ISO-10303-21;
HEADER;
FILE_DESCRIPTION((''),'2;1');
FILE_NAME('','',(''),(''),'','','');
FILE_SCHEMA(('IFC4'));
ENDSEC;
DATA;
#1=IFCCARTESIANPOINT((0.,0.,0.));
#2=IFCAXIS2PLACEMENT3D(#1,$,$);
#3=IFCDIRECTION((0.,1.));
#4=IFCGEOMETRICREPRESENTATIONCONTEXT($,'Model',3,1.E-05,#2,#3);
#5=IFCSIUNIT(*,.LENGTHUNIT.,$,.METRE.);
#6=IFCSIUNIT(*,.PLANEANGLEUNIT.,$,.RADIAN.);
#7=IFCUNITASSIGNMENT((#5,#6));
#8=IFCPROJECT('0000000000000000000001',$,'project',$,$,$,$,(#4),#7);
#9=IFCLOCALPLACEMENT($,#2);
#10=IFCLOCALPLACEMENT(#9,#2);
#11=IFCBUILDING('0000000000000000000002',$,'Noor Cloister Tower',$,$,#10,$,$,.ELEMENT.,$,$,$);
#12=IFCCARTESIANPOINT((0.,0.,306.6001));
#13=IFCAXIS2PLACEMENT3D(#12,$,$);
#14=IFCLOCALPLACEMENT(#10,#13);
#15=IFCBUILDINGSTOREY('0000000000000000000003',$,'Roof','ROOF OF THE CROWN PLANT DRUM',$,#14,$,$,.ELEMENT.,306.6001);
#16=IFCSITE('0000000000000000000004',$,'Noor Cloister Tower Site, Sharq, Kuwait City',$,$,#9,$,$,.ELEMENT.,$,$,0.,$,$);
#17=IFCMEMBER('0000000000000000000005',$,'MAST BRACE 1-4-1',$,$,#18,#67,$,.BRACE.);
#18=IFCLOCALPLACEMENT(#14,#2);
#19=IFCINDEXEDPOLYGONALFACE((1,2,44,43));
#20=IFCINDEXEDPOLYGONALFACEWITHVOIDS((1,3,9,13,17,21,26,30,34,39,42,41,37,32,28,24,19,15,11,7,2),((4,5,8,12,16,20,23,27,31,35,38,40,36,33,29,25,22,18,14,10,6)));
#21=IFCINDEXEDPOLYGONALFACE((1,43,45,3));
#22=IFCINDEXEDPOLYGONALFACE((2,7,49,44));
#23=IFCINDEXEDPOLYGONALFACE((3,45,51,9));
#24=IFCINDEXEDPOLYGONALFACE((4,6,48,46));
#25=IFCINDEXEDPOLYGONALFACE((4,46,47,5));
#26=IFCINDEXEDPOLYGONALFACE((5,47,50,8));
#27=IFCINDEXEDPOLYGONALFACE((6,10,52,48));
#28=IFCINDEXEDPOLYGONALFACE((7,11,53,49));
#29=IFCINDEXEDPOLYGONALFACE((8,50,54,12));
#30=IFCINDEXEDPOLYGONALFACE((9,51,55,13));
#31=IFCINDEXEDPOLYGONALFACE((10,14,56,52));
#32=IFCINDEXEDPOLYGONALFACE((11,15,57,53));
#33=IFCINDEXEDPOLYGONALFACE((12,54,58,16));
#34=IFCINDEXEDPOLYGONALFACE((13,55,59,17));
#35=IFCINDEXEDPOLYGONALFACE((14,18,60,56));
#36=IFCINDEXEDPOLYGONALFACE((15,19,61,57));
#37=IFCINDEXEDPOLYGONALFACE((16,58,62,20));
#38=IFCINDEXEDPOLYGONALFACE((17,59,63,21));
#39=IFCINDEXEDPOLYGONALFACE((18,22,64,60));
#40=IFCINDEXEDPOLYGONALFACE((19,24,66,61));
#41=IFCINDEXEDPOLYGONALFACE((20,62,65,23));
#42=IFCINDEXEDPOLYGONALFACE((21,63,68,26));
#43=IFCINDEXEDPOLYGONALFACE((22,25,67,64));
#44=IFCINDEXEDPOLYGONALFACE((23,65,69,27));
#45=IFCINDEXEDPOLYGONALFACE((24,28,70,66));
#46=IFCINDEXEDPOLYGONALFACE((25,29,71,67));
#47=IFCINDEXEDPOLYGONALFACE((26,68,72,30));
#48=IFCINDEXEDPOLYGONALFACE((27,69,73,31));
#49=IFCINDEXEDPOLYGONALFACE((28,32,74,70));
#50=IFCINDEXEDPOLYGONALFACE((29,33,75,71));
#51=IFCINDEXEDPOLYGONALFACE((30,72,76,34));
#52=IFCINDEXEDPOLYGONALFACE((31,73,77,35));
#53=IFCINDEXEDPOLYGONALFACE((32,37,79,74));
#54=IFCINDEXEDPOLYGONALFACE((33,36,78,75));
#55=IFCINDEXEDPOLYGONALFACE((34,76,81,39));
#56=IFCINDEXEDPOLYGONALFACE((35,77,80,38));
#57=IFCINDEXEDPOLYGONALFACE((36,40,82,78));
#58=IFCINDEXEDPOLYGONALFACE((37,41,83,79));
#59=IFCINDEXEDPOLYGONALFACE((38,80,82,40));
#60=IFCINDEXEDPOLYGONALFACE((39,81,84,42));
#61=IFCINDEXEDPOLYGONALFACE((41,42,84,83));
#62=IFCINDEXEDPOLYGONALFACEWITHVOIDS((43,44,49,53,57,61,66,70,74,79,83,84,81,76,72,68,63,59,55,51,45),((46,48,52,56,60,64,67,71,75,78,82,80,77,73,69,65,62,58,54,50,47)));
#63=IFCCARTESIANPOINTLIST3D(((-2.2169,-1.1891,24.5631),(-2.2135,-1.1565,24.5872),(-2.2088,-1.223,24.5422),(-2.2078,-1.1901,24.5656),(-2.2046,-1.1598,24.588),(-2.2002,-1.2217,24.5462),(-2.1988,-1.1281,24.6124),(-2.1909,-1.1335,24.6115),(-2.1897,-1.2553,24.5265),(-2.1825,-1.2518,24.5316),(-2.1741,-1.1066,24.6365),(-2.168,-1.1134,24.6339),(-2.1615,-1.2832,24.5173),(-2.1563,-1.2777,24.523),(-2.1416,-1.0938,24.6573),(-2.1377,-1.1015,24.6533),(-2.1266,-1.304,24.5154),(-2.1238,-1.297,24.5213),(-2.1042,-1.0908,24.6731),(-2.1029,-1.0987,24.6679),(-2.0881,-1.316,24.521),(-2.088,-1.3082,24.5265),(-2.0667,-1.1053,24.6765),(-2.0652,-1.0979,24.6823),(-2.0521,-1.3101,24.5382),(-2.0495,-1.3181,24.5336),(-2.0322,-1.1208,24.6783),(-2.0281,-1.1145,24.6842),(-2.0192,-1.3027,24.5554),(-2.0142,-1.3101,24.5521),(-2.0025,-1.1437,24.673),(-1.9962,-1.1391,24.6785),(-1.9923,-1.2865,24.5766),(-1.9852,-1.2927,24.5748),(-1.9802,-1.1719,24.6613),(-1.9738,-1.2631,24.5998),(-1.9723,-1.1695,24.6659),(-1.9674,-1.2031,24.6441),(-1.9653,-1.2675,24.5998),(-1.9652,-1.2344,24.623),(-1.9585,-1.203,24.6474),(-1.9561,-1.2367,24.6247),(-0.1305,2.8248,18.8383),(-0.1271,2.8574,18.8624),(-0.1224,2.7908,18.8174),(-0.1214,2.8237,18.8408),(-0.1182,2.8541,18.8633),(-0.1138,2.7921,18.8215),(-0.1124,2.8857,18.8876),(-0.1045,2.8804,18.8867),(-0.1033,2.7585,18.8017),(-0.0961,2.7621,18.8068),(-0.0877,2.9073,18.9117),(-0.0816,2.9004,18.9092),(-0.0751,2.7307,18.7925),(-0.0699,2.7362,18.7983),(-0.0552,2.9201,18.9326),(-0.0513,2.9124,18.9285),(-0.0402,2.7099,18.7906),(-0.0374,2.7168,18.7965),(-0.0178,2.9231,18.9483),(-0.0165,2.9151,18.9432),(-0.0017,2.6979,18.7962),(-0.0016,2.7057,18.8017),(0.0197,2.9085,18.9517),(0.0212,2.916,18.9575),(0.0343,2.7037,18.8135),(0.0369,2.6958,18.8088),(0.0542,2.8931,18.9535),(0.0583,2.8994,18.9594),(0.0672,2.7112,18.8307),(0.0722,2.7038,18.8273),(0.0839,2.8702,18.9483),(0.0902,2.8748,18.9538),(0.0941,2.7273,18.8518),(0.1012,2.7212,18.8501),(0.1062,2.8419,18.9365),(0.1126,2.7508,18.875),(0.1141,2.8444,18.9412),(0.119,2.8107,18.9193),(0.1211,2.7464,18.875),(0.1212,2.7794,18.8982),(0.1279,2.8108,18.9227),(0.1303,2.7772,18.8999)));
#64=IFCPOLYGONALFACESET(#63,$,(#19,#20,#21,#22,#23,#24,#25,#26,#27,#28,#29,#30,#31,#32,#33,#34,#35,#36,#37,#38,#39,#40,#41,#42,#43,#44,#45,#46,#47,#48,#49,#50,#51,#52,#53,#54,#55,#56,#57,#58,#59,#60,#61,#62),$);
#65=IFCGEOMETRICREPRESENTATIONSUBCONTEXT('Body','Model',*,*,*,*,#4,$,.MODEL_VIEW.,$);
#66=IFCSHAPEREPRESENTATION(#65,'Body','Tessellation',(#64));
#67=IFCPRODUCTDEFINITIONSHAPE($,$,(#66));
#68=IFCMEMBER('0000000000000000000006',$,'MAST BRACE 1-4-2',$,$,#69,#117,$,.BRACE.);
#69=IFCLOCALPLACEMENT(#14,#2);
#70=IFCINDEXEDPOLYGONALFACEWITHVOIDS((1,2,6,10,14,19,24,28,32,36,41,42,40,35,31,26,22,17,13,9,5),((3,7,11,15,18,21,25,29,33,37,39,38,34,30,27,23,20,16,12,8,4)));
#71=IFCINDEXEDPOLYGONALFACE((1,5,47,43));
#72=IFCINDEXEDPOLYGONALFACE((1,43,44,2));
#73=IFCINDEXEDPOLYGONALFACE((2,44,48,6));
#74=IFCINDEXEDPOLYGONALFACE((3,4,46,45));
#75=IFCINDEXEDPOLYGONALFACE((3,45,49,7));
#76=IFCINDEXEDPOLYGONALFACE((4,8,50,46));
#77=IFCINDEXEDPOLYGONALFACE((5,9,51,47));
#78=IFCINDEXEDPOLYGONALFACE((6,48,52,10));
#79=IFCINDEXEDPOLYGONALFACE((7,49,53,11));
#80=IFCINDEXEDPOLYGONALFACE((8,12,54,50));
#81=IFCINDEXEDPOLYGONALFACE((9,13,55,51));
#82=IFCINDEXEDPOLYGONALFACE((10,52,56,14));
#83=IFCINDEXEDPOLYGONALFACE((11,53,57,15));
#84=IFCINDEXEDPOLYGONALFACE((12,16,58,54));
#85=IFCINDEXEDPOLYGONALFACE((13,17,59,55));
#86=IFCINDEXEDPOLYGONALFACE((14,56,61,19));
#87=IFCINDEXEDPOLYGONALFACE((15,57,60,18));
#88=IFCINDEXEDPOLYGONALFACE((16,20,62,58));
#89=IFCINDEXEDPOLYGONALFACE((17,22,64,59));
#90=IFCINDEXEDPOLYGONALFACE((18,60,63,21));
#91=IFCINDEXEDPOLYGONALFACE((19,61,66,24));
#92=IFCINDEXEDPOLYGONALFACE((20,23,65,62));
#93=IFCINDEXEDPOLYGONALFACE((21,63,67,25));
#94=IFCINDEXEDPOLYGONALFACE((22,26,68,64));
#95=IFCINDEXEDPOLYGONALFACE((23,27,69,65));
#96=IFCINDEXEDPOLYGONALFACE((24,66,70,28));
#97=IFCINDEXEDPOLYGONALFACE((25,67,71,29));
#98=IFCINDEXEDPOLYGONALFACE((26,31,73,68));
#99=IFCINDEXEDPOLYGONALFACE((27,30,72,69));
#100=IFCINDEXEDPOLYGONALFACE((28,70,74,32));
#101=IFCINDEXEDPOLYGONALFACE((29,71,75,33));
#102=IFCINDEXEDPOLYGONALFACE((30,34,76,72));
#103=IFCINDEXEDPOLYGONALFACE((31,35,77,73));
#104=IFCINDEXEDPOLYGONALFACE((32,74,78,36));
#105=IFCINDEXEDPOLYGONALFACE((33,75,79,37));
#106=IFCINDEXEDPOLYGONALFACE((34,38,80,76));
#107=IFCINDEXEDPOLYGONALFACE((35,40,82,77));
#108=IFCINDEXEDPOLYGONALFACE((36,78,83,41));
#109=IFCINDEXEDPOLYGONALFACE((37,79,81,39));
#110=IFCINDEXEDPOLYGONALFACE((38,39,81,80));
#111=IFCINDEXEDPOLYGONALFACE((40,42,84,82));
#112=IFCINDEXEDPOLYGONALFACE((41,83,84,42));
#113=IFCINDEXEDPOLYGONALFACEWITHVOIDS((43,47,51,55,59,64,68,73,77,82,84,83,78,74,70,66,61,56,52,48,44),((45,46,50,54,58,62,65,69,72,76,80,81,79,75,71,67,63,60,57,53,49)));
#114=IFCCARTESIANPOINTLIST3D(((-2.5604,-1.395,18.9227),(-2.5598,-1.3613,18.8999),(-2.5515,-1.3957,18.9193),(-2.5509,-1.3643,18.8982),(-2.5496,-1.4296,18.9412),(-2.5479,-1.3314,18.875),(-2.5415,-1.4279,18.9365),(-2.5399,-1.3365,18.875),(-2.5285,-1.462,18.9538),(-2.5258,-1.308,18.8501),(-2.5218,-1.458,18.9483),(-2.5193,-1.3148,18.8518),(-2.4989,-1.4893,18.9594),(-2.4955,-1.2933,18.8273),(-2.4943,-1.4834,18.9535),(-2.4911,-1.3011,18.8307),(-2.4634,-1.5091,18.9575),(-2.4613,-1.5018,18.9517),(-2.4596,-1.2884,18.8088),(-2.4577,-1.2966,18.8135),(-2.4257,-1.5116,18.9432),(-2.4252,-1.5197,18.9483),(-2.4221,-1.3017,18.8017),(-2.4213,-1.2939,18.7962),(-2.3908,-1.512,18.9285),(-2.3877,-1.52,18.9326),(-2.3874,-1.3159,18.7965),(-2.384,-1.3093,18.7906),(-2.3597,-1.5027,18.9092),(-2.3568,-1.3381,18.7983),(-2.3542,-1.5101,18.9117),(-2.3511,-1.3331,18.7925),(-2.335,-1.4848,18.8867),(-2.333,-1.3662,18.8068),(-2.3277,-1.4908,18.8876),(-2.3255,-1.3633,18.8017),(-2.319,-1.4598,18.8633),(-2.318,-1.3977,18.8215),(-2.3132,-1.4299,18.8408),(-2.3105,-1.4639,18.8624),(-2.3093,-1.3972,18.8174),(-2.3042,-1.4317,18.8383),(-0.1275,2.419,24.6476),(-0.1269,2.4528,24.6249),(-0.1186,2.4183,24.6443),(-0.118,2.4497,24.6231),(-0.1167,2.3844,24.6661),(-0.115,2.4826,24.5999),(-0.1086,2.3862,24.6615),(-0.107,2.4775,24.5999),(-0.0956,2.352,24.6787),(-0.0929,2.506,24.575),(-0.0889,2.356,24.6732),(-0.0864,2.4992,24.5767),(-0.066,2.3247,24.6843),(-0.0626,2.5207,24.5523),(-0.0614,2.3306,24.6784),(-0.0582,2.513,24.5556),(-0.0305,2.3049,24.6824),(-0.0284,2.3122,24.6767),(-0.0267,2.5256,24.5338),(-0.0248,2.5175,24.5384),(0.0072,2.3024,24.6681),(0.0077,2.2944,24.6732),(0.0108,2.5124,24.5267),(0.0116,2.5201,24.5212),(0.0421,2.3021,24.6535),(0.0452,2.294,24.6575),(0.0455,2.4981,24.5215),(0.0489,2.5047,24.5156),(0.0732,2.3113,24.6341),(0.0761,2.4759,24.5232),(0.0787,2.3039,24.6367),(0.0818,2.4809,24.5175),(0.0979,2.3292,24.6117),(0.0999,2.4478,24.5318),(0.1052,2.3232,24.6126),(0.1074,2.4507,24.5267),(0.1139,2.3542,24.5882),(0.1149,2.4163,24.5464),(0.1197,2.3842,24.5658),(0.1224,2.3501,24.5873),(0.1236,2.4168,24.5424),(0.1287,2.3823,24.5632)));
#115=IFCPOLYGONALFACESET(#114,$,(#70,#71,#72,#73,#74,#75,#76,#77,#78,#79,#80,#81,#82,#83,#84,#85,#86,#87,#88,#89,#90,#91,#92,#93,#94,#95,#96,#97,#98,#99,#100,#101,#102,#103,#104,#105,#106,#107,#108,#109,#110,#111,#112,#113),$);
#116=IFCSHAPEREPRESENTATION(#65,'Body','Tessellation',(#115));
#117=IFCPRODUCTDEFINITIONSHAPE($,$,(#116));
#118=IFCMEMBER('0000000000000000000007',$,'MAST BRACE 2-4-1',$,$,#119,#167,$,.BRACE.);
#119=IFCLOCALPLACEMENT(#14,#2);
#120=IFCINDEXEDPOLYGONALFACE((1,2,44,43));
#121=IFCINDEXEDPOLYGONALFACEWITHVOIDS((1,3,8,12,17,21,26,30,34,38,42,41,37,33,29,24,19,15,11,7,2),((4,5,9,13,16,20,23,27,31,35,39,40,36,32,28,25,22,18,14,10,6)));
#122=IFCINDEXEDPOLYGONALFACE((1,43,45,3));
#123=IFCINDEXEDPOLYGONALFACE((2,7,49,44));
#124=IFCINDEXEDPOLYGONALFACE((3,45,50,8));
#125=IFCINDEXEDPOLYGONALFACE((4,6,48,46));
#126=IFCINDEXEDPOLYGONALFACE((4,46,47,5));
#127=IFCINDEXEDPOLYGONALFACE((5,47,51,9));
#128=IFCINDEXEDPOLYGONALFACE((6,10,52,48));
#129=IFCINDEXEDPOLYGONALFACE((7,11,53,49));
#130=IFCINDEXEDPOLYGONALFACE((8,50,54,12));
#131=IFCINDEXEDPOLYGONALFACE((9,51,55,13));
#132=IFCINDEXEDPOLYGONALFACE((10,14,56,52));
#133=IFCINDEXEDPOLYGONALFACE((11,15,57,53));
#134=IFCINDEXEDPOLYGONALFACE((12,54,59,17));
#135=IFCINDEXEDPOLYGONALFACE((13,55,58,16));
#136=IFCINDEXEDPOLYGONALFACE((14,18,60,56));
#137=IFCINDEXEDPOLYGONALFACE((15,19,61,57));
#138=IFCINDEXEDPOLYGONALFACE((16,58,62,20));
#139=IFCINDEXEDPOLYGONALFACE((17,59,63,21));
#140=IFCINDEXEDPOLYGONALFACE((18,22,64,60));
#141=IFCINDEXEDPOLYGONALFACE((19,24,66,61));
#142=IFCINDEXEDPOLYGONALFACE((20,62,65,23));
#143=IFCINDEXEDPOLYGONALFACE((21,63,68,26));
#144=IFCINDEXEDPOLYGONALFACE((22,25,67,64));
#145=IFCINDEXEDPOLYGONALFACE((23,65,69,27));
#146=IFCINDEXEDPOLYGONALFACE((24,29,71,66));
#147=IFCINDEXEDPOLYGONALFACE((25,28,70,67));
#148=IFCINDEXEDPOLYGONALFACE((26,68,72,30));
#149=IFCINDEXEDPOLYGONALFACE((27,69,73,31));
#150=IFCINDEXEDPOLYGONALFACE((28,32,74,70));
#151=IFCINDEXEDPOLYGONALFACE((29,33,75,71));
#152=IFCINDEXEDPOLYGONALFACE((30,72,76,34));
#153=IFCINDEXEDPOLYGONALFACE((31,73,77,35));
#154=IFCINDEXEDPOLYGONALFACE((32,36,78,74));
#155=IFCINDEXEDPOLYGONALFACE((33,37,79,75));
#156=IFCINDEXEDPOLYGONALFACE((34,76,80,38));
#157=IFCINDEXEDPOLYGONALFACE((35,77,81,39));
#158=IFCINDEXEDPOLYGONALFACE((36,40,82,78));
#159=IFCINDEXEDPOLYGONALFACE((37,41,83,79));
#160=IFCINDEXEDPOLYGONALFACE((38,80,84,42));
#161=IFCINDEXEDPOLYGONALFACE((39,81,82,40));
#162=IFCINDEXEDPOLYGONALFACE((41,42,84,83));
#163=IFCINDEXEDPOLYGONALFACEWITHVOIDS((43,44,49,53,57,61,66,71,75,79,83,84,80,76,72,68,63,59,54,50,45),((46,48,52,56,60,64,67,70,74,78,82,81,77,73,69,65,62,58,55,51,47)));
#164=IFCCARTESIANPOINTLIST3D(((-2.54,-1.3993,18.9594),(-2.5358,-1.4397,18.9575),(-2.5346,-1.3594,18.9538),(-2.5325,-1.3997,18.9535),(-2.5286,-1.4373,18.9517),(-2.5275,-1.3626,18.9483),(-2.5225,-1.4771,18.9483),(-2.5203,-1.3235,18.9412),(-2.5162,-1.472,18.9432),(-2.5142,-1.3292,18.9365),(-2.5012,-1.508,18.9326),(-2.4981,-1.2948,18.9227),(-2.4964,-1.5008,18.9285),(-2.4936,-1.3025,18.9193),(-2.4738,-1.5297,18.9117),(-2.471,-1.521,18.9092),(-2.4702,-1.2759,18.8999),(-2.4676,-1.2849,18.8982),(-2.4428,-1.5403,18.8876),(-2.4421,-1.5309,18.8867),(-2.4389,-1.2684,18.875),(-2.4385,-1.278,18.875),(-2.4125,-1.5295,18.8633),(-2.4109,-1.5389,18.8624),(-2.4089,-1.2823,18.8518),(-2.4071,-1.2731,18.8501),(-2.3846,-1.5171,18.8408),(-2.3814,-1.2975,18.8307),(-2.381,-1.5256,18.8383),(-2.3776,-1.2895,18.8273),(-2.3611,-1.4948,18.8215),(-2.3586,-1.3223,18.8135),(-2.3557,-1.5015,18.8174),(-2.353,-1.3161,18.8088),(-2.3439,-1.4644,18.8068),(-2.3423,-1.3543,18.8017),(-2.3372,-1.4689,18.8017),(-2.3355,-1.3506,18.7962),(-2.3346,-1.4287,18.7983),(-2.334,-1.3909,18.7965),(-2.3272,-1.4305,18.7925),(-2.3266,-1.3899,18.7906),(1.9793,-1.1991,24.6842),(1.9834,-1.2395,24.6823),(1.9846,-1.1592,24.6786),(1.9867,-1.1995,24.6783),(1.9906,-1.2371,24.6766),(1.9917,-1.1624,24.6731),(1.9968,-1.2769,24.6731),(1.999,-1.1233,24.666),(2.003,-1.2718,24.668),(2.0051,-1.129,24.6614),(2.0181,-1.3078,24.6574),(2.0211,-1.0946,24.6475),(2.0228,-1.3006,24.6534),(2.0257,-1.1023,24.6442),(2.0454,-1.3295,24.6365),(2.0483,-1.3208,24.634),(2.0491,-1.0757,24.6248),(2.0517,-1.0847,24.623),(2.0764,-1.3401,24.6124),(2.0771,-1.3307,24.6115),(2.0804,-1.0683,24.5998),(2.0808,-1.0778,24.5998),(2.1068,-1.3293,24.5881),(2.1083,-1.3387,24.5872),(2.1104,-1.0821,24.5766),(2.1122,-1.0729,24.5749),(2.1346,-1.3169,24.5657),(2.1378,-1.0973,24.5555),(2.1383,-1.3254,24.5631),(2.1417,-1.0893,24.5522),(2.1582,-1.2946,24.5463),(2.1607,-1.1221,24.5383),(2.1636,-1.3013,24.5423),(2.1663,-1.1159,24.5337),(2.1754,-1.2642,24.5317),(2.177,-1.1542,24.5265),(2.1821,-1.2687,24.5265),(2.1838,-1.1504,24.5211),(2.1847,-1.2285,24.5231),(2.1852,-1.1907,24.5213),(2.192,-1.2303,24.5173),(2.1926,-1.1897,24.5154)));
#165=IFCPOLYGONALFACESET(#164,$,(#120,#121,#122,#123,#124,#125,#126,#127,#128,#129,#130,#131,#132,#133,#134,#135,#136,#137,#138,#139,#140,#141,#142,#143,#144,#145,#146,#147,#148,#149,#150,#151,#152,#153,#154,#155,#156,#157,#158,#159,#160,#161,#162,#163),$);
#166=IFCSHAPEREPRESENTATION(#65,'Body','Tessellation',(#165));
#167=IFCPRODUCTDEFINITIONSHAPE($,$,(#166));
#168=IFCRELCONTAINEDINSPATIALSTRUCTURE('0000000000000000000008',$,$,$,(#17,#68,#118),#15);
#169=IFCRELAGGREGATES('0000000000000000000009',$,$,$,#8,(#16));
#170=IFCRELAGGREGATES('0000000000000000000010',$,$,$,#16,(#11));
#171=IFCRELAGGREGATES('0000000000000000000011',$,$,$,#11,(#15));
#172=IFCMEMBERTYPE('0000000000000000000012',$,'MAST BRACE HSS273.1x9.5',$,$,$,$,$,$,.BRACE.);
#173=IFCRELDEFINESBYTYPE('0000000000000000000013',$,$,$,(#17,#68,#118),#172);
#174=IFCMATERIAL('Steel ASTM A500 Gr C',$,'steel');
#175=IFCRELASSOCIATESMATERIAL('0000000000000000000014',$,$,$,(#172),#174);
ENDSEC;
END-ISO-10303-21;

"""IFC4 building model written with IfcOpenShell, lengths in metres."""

from ifc_helpers import new_model, si_unit, direction, frame, origin, origin_2d, place, context, subcontext, project, spatial, hollow_circle, extrude, material, material_profile, profile_set, type_object, element, save


model = new_model("IFC4")

# Units and contexts
model_context = context("Model", 3, precision=1e-05, world=origin(), true_north=direction((0.0, 1.0)))
body_context = subcontext(model_context, "Body", "Model", "MODEL_VIEW")
ifc_project = project(units=[si_unit("LENGTHUNIT", "METRE"), si_unit("PLANEANGLEUNIT", "RADIAN")], contexts=[model_context])

# Site, building, storey
site_placement = place(None, origin())
site = spatial("IfcSite", under=ifc_project, at=site_placement, Name="Noor Cloister Tower Site, Sharq, Kuwait City", CompositionType="ELEMENT", RefElevation=0.0)
building_placement = place(site_placement, origin())
building = spatial("IfcBuilding", under=site, at=building_placement, Name="Noor Cloister Tower", CompositionType="ELEMENT")
storey_placement = place(building_placement, frame((0.0, 0.0, 306.6001)))
storey = spatial("IfcBuildingStorey", under=building, at=storey_placement, Name="Roof", Description="ROOF OF THE CROWN PLANT DRUM", CompositionType="ELEMENT", Elevation=306.6001)

# Members
ifc_material_1 = material(Name="Steel ASTM A500 Gr C", Category="steel")
ifc_material_profile_1 = material_profile(ifc_material_1, hollow_circle(Radius=0.1365, WallThickness=0.0095, at=origin_2d()), Name="HSS273.1x9.5")
ifc_profile_set_1 = profile_set([ifc_material_profile_1], Name="Steel ASTM A500 Gr C")
member_type_1 = type_object("IfcMemberType", Name="MAST BRACE HSS273.1x9.5", PredefinedType="BRACE", material=ifc_profile_set_1)
member_1_placement = place(storey_placement, frame((0.0, 2.8093, 18.875), z_axis=(-0.28595, -0.550117, 0.784605), x_axis=(0.88729, -0.461212, 0.0)))
element("IfcMember", 1, at=member_1_placement, inside=storey, type_object=member_type_1, Name="MAST BRACE 1-4-1", PredefinedType="BRACE", context=body_context, shape_type="SweptSolid", body=[
    extrude(hollow_circle(Radius=0.1365, WallThickness=0.0095, at=origin_2d()), origin(), (0.0, 0.0, 1.0), 7.2964),
])
member_2_placement = place(storey_placement, frame((-2.4329, -1.4048, 18.875), z_axis=(0.333428, 0.522711, 0.784601), x_axis=(-0.843081, 0.537787, 0.0)))
element("IfcMember", 2, at=member_2_placement, inside=storey, type_object=member_type_1, Name="MAST BRACE 1-4-2", PredefinedType="BRACE", context=body_context, shape_type="SweptSolid", body=[
    extrude(hollow_circle(Radius=0.1365, WallThickness=0.0095, at=origin_2d()), origin(), (0.0, 0.0, 1.0), 7.2966),
])
for number, where, z_axis, x_axis, name in (
    (3, (-2.4329, -1.4048, 18.875), (0.619383, 0.027437, 0.78461), (-0.044255, 0.99902, 0.0), "MAST BRACE 2-4-1"),
):
    element("IfcMember", number, at=place(storey_placement, frame(where, z_axis=z_axis, x_axis=x_axis)), inside=storey, type_object=member_type_1, Name=name, PredefinedType="BRACE", context=body_context, shape_type="SweptSolid", body=[
        extrude(hollow_circle(Radius=0.1365, WallThickness=0.0095, at=origin_2d()), origin(), (0.0, 0.0, 1.0), 7.2964),
    ])

save(model, "model.ifc")
